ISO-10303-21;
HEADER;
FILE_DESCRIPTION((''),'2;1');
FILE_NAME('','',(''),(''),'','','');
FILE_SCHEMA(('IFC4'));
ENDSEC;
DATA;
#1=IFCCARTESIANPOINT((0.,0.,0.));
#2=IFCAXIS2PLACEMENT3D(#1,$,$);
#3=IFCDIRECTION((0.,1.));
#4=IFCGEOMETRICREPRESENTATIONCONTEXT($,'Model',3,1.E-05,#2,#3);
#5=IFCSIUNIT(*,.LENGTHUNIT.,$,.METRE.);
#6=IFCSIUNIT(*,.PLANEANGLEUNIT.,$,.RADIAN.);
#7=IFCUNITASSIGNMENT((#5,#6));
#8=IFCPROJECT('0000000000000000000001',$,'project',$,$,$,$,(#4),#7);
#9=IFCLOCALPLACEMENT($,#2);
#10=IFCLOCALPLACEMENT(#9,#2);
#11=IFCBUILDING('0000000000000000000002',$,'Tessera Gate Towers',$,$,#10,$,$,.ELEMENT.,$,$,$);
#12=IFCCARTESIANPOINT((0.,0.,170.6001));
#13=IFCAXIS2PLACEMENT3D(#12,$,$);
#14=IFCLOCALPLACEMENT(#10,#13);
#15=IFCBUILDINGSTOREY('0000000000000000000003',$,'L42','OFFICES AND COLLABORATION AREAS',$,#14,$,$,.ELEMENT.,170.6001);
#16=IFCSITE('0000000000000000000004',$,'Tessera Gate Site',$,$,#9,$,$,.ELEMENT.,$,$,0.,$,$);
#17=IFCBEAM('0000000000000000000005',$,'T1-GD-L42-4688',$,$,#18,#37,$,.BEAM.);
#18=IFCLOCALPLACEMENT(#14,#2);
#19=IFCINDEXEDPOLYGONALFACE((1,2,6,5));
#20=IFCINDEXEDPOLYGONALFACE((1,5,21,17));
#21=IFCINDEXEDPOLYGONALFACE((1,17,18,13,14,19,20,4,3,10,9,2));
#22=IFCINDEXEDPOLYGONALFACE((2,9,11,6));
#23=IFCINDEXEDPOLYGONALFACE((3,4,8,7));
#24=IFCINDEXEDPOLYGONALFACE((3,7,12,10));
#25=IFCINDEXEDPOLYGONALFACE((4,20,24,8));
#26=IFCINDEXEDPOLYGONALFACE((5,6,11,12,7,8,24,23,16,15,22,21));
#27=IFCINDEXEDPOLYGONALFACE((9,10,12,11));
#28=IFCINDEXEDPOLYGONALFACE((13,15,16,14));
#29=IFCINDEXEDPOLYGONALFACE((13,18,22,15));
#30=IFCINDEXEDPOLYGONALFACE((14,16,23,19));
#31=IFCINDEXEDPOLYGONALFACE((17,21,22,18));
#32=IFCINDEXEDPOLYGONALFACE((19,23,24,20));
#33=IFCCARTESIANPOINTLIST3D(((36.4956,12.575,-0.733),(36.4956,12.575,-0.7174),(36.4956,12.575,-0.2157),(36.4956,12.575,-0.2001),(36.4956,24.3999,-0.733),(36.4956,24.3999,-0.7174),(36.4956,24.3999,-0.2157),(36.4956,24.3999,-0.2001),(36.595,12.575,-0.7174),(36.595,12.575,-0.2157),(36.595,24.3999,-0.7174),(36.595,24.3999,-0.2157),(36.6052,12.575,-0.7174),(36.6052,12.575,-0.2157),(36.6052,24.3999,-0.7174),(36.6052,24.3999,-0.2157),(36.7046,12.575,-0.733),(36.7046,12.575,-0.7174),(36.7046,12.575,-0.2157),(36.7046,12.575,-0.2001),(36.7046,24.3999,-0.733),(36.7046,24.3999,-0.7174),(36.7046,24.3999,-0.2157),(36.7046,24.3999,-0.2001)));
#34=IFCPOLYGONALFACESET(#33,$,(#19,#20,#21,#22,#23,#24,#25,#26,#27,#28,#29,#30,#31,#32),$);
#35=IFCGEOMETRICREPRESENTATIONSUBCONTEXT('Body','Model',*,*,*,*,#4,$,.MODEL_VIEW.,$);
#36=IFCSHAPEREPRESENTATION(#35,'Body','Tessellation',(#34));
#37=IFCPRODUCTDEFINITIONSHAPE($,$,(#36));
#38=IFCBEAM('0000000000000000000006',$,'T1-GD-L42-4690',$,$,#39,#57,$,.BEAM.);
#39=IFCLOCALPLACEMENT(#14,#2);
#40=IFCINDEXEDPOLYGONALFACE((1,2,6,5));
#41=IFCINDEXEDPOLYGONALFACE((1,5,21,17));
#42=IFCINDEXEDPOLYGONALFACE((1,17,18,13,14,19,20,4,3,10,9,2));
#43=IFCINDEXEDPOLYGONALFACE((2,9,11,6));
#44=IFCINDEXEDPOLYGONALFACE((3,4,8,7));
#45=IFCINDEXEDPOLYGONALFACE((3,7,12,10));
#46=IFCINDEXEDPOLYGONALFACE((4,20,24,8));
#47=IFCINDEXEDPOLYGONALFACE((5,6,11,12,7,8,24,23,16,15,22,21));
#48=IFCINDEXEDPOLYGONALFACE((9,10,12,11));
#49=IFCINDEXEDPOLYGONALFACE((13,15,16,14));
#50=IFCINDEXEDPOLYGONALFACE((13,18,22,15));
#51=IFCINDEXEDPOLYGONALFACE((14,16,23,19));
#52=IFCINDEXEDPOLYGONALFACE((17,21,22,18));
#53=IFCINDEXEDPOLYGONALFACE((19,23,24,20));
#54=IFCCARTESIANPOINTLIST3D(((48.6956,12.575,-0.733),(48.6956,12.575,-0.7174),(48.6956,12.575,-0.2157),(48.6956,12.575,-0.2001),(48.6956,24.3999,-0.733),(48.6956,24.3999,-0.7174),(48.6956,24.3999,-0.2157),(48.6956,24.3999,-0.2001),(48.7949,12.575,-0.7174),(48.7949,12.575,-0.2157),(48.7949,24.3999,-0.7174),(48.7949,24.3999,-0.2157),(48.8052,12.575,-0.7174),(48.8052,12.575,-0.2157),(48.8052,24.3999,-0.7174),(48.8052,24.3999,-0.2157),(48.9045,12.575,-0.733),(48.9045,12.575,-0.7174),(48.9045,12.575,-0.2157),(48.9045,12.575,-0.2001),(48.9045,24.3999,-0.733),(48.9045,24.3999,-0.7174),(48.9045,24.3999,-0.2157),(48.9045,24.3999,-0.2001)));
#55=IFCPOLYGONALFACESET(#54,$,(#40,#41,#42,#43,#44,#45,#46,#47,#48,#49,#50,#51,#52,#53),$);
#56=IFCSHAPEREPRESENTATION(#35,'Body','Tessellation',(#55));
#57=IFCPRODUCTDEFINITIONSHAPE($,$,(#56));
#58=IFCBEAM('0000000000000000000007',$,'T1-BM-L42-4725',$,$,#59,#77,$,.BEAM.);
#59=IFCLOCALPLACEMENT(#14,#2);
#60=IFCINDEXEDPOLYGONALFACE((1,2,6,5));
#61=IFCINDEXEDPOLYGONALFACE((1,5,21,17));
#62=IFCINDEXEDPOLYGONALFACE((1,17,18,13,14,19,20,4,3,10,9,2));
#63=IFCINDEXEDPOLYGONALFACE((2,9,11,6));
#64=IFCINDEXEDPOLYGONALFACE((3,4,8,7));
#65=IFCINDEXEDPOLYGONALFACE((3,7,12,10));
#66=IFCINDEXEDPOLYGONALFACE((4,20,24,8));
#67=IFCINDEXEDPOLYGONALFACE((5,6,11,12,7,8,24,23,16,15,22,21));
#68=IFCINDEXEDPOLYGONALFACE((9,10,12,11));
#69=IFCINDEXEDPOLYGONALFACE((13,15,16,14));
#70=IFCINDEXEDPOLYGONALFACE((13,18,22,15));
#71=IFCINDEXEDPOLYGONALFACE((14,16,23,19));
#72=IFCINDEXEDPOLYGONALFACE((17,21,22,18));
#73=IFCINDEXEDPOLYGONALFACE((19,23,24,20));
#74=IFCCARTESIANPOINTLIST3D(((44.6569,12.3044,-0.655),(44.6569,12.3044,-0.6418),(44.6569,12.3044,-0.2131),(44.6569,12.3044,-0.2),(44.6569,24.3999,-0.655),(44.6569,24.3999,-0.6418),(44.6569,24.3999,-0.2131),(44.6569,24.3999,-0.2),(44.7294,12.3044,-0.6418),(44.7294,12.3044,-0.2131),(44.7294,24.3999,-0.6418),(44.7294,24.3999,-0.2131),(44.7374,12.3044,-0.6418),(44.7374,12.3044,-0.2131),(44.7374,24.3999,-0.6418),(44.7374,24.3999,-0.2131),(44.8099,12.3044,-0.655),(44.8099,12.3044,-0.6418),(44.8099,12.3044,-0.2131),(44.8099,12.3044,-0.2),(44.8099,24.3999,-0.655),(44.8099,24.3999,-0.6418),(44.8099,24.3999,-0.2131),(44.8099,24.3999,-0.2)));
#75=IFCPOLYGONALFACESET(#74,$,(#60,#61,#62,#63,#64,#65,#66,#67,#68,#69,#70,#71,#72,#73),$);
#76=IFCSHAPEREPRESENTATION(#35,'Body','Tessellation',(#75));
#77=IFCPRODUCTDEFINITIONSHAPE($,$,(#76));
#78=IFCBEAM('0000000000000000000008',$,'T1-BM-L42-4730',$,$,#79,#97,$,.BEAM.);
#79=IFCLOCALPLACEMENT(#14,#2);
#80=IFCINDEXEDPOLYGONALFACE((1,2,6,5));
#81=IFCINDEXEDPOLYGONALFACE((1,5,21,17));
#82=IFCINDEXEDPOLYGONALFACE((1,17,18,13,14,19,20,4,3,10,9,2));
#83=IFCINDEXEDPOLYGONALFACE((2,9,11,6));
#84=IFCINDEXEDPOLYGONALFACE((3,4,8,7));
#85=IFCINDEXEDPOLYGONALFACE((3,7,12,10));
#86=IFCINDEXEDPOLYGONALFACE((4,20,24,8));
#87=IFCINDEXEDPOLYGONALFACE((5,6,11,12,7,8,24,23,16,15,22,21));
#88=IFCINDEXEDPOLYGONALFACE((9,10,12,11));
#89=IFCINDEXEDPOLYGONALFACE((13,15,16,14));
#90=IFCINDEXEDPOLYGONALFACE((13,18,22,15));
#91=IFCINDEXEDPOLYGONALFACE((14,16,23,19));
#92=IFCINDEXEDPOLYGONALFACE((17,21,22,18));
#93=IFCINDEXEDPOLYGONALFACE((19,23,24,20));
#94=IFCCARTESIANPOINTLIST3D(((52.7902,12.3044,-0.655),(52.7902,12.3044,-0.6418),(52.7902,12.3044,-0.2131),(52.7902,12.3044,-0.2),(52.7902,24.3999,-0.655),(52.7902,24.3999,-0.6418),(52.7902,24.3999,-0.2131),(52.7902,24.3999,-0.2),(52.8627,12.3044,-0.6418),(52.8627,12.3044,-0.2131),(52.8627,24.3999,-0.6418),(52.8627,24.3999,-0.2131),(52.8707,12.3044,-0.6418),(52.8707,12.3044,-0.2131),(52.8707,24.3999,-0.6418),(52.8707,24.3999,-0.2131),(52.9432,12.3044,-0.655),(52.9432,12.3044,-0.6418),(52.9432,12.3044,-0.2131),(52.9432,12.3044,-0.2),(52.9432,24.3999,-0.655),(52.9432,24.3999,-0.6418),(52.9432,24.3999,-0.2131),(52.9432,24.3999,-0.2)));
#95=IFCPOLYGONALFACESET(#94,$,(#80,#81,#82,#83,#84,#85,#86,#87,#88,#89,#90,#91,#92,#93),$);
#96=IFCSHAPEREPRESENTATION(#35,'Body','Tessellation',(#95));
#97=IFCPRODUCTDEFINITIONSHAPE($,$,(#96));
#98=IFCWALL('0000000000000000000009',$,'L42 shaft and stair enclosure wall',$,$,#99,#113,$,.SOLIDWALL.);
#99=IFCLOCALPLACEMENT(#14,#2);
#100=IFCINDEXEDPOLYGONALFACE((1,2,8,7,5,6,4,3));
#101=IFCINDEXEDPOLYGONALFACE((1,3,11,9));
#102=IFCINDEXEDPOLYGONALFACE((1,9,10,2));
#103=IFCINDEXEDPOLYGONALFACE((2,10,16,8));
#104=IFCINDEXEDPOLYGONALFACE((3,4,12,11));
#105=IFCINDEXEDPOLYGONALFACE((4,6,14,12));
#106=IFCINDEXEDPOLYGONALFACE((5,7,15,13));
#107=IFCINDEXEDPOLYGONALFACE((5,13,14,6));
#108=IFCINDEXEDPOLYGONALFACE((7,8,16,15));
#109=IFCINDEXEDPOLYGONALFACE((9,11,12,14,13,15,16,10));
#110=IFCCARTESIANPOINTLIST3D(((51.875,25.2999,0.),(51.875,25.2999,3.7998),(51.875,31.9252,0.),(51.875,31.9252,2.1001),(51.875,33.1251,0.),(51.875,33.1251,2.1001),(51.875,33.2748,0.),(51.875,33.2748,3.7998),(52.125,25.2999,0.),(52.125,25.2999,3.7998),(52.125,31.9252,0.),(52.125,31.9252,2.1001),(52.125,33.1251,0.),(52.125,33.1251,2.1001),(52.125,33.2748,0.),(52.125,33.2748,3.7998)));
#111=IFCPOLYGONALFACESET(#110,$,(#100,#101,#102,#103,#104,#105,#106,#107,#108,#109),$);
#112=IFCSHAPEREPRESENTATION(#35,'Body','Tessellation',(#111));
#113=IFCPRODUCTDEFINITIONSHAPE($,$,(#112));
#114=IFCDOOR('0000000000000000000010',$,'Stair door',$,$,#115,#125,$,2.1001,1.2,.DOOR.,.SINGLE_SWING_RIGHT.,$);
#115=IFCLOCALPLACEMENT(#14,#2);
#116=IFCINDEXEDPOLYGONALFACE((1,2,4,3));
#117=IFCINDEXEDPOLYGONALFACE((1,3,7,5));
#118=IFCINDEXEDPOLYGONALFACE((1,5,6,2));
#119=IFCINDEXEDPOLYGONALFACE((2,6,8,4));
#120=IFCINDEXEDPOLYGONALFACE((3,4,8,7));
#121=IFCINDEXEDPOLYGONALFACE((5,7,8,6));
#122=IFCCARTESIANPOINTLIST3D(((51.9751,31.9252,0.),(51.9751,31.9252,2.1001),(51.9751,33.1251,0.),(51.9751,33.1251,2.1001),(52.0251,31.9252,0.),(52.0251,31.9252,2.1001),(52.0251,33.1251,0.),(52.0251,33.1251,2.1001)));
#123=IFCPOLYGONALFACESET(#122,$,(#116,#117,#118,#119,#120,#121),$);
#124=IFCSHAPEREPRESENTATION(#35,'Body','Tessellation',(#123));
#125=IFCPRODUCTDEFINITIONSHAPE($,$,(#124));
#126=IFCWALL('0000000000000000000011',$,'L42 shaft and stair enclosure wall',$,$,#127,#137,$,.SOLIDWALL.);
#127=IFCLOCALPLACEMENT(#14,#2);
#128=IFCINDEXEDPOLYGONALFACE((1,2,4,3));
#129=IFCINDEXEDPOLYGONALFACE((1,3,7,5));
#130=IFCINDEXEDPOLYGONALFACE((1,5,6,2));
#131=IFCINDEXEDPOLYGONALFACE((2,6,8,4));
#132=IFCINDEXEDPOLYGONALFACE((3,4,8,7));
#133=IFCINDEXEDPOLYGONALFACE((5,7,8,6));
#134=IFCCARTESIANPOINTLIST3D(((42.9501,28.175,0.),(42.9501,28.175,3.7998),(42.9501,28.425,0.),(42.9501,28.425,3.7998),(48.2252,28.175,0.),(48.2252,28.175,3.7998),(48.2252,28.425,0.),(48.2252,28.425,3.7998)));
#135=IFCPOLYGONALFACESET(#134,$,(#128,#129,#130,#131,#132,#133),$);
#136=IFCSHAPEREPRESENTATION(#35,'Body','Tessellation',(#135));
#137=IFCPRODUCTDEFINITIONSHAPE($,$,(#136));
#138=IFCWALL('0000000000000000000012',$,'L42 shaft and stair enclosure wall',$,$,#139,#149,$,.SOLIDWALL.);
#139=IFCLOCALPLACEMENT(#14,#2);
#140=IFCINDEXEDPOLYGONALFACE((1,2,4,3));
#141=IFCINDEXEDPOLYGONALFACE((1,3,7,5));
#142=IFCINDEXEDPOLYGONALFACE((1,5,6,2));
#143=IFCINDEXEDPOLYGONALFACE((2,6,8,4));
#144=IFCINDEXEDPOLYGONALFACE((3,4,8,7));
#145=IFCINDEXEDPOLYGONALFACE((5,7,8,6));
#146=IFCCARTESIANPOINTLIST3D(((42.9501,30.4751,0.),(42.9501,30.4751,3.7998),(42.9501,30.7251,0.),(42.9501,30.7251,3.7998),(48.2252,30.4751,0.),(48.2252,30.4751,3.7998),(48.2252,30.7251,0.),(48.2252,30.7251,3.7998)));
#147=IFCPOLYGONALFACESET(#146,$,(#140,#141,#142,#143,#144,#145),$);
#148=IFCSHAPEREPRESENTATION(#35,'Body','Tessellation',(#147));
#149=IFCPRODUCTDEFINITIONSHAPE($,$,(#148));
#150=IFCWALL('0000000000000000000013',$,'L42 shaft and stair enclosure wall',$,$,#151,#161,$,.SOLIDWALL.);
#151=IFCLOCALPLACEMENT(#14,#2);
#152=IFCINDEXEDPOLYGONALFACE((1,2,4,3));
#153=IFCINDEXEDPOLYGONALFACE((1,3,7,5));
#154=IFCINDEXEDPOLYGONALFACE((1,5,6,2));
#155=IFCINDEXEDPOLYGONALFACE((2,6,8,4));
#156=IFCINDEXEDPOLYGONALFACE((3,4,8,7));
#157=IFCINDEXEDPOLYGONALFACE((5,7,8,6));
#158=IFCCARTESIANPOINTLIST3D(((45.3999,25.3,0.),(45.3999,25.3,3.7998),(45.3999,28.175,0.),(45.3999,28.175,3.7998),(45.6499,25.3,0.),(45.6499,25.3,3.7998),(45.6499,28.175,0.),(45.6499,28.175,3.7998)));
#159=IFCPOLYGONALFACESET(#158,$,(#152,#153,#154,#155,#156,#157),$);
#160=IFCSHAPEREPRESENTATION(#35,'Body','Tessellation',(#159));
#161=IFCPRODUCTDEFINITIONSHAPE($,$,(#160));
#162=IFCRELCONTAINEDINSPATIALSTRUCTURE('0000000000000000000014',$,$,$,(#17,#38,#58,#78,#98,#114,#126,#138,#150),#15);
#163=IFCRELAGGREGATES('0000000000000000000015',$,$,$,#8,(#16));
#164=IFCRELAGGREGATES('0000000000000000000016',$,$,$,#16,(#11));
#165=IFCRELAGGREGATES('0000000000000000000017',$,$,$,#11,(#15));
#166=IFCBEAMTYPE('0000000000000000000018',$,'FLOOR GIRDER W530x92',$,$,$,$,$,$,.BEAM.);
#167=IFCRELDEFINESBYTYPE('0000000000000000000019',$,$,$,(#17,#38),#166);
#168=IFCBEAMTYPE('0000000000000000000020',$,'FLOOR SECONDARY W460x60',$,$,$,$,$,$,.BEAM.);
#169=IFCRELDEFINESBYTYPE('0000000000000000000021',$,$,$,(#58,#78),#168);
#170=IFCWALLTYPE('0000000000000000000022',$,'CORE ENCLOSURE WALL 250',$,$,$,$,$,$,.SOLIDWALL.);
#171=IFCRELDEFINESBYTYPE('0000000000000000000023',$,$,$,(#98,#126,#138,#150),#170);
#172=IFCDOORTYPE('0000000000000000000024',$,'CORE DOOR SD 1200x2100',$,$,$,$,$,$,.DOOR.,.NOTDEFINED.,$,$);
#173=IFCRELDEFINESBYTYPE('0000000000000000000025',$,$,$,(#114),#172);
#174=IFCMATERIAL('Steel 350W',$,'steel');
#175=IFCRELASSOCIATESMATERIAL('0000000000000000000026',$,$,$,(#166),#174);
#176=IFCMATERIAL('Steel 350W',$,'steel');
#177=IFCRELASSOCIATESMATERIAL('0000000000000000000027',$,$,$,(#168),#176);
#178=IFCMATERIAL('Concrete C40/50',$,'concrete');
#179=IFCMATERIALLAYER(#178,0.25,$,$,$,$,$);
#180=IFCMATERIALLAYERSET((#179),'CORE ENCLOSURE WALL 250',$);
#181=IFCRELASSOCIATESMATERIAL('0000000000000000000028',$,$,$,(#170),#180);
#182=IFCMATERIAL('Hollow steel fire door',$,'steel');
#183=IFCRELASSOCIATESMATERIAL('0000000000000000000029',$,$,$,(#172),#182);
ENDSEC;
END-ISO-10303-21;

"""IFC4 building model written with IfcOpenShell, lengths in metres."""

from ifc_helpers import new_model, si_unit, direction, frame, frame_2d, origin, origin_2d, place, context, subcontext, project, spatial, rectangle, i_section, extrude, source, transform, mapped, material, layer, layer_set, material_profile, profile_set, type_object, element, fill, save


model = new_model("IFC4")

# Units and contexts
model_context = context("Model", 3, precision=1e-05, world=origin(), true_north=direction((0.0, 1.0)))
body_context = subcontext(model_context, "Body", "Model", "MODEL_VIEW")
ifc_project = project(units=[si_unit("LENGTHUNIT", "METRE"), si_unit("PLANEANGLEUNIT", "RADIAN")], contexts=[model_context])

# Site, building, storey
site_placement = place(None, origin())
site = spatial("IfcSite", under=ifc_project, at=site_placement, Name="Tessera Gate Site", CompositionType="ELEMENT", RefElevation=0.0)
building_placement = place(site_placement, origin())
building = spatial("IfcBuilding", under=site, at=building_placement, Name="Tessera Gate Towers", CompositionType="ELEMENT")
storey_placement = place(building_placement, frame((0.0, 0.0, 170.6001)))
storey = spatial("IfcBuildingStorey", under=building, at=storey_placement, Name="L42", Description="OFFICES AND COLLABORATION AREAS", CompositionType="ELEMENT", Elevation=170.6001)

# Beams
ifc_material_1 = material(Name="Steel 350W", Category="steel")
ifc_material_profile_1 = material_profile(ifc_material_1, i_section(OverallWidth=0.209, OverallDepth=0.533, WebThickness=0.0103, FlangeThickness=0.0156, at=origin_2d()), Name="W530x92")
ifc_profile_set_1 = profile_set([ifc_material_profile_1], Name="Steel 350W")
beam_type_1 = type_object("IfcBeamType", Name="FLOOR GIRDER W530x92", PredefinedType="BEAM", material=ifc_profile_set_1)
for number, where, z_axis, x_axis, name in (
    (1, (36.6001, 12.575, -0.4666), (0.0, 1.0, 0.0), (-1.0, 0.0, 0.0), "T1-GD-L42-4688"),
    (2, (48.8, 12.575, -0.4666), (0.0, 1.0, 0.0), (-1.0, 0.0, 0.0), "T1-GD-L42-4690"),
):
    element("IfcBeam", number, at=place(storey_placement, frame(where, z_axis=z_axis, x_axis=x_axis)), inside=storey, type_object=beam_type_1, Name=name, PredefinedType="BEAM", context=body_context, shape_type="SweptSolid", body=[
        extrude(i_section(OverallWidth=0.209, OverallDepth=0.533, WebThickness=0.0103, FlangeThickness=0.0156, at=origin_2d()), origin(), (0.0, 0.0, 1.0), 11.825),
    ])
ifc_material_2 = material(Name="Steel 350W", Category="steel")
ifc_material_profile_2 = material_profile(ifc_material_2, i_section(OverallWidth=0.1531, OverallDepth=0.4551, WebThickness=0.0081, FlangeThickness=0.0132, at=origin_2d()), Name="W460x60")
ifc_profile_set_2 = profile_set([ifc_material_profile_2], Name="Steel 350W")
beam_type_2 = type_object("IfcBeamType", Name="FLOOR SECONDARY W460x60", PredefinedType="BEAM", material=ifc_profile_set_2)
for number, where, z_axis, x_axis, name in (
    (3, (44.7334, 12.3044, -0.4275), (0.0, 1.0, 0.0), (-1.0, 0.0, 0.0), "T1-BM-L42-4725"),
    (4, (52.8667, 12.3044, -0.4275), (0.0, 1.0, 0.0), (-1.0, 0.0, 0.0), "T1-BM-L42-4730"),
):
    element("IfcBeam", number, at=place(storey_placement, frame(where, z_axis=z_axis, x_axis=x_axis)), inside=storey, type_object=beam_type_2, Name=name, PredefinedType="BEAM", context=body_context, shape_type="SweptSolid", body=[
        extrude(i_section(OverallWidth=0.1531, OverallDepth=0.4551, WebThickness=0.0081, FlangeThickness=0.0132, at=origin_2d()), origin(), (0.0, 0.0, 1.0), 12.0955),
    ])

# Wall, opening, door
ifc_material_3 = material(Name="Concrete C40/50", Category="concrete")
ifc_layer_1 = layer(ifc_material_3, 0.25)
ifc_layer_set_1 = layer_set([ifc_layer_1], Name="CORE ENCLOSURE WALL 250")
wall_type_1 = type_object("IfcWallType", Name="CORE ENCLOSURE WALL 250", PredefinedType="SOLIDWALL", material=ifc_layer_set_1)
wall_1_placement = place(storey_placement, frame((52.0, 25.3, 0.0), z_axis=(0.0, 0.0, 1.0), x_axis=(0.0, 1.0, 0.0)))
wall_1 = element("IfcWall", 5, at=wall_1_placement, inside=storey, type_object=wall_type_1, Name="L42 shaft and stair enclosure wall", PredefinedType="SOLIDWALL", context=body_context, shape_type="SweptSolid", body=[
    extrude(rectangle(XDim=7.9749, YDim=0.25, at=frame_2d((3.9873, 0.0))), origin(), (0.0, 0.0, 1.0), 3.7998),
])
shared_shape_1 = source(origin(), body_context, "Body", "SweptSolid", [
    extrude(rectangle(XDim=1.2, YDim=2.1001, at=frame_2d((0.6001, 1.05))), frame((0.0, 0.135, 0.0), z_axis=(0.0, -1.0, 0.0), x_axis=(1.0, 0.0, 0.0)), (0.0, 0.0, 1.0), 0.27),
])
opening_1_placement = place(wall_1_placement, frame((6.625, 0.0, 0.0)))
opening_1 = element("IfcOpeningElement", 6, at=opening_1_placement, cuts=wall_1, PredefinedType="OPENING", context=body_context, shape_type="MappedRepresentation", body=[
    mapped(shared_shape_1, transform((0.0, 0.0, 0.0), scale=1.0)),
])
ifc_material_4 = material(Name="Hollow steel fire door", Category="steel")
door_type_1 = type_object("IfcDoorType", Name="CORE DOOR SD 1200x2100", OperationType="NOTDEFINED", PredefinedType="DOOR", material=ifc_material_4)
shared_shape_2 = source(origin(), body_context, "Body", "SweptSolid", [
    extrude(rectangle(XDim=1.2, YDim=2.1001, at=frame_2d((0.6001, 1.05))), frame((0.0, 0.0249, 0.0), z_axis=(0.0, -1.0, 0.0), x_axis=(1.0, 0.0, 0.0)), (0.0, 0.0, 1.0), 0.05),
])
door_1_placement = place(opening_1_placement, origin())
door_1 = element("IfcDoor", 7, at=door_1_placement, inside=storey, type_object=door_type_1, Name="Stair door", OperationType="SINGLE_SWING_RIGHT", OverallHeight=2.1001, OverallWidth=1.2, PredefinedType="DOOR", context=body_context, shape_type="MappedRepresentation", body=[
    mapped(shared_shape_2, transform((0.0, 0.0, 0.0), scale=1.0)),
])
fill(opening_1, door_1)

# Walls
for number, where, z_axis, x_axis, name in (
    (8, (42.95, 28.3, 0.0), (0.0, 0.0, 1.0), (1.0, 0.0, 0.0), "L42 shaft and stair enclosure wall"),
    (9, (42.95, 30.6001, 0.0), (0.0, 0.0, 1.0), (1.0, 0.0, 0.0), "L42 shaft and stair enclosure wall"),
):
    element("IfcWall", number, at=place(storey_placement, frame(where, z_axis=z_axis, x_axis=x_axis)), inside=storey, type_object=wall_type_1, Name=name, PredefinedType="SOLIDWALL", context=body_context, shape_type="SweptSolid", body=[
        extrude(rectangle(XDim=5.2751, YDim=0.25, at=frame_2d((2.6377, 0.0))), origin(), (0.0, 0.0, 1.0), 3.7998),
    ])
wall_2_placement = place(storey_placement, frame((45.5249, 25.3, 0.0), z_axis=(0.0, 0.0, 1.0), x_axis=(0.0, 1.0, 0.0)))
element("IfcWall", 10, at=wall_2_placement, inside=storey, type_object=wall_type_1, Name="L42 shaft and stair enclosure wall", PredefinedType="SOLIDWALL", context=body_context, shape_type="SweptSolid", body=[
    extrude(rectangle(XDim=2.875, YDim=0.25, at=frame_2d((1.4375, 0.0))), origin(), (0.0, 0.0, 1.0), 3.7998),
])

save(model, "model.ifc")
